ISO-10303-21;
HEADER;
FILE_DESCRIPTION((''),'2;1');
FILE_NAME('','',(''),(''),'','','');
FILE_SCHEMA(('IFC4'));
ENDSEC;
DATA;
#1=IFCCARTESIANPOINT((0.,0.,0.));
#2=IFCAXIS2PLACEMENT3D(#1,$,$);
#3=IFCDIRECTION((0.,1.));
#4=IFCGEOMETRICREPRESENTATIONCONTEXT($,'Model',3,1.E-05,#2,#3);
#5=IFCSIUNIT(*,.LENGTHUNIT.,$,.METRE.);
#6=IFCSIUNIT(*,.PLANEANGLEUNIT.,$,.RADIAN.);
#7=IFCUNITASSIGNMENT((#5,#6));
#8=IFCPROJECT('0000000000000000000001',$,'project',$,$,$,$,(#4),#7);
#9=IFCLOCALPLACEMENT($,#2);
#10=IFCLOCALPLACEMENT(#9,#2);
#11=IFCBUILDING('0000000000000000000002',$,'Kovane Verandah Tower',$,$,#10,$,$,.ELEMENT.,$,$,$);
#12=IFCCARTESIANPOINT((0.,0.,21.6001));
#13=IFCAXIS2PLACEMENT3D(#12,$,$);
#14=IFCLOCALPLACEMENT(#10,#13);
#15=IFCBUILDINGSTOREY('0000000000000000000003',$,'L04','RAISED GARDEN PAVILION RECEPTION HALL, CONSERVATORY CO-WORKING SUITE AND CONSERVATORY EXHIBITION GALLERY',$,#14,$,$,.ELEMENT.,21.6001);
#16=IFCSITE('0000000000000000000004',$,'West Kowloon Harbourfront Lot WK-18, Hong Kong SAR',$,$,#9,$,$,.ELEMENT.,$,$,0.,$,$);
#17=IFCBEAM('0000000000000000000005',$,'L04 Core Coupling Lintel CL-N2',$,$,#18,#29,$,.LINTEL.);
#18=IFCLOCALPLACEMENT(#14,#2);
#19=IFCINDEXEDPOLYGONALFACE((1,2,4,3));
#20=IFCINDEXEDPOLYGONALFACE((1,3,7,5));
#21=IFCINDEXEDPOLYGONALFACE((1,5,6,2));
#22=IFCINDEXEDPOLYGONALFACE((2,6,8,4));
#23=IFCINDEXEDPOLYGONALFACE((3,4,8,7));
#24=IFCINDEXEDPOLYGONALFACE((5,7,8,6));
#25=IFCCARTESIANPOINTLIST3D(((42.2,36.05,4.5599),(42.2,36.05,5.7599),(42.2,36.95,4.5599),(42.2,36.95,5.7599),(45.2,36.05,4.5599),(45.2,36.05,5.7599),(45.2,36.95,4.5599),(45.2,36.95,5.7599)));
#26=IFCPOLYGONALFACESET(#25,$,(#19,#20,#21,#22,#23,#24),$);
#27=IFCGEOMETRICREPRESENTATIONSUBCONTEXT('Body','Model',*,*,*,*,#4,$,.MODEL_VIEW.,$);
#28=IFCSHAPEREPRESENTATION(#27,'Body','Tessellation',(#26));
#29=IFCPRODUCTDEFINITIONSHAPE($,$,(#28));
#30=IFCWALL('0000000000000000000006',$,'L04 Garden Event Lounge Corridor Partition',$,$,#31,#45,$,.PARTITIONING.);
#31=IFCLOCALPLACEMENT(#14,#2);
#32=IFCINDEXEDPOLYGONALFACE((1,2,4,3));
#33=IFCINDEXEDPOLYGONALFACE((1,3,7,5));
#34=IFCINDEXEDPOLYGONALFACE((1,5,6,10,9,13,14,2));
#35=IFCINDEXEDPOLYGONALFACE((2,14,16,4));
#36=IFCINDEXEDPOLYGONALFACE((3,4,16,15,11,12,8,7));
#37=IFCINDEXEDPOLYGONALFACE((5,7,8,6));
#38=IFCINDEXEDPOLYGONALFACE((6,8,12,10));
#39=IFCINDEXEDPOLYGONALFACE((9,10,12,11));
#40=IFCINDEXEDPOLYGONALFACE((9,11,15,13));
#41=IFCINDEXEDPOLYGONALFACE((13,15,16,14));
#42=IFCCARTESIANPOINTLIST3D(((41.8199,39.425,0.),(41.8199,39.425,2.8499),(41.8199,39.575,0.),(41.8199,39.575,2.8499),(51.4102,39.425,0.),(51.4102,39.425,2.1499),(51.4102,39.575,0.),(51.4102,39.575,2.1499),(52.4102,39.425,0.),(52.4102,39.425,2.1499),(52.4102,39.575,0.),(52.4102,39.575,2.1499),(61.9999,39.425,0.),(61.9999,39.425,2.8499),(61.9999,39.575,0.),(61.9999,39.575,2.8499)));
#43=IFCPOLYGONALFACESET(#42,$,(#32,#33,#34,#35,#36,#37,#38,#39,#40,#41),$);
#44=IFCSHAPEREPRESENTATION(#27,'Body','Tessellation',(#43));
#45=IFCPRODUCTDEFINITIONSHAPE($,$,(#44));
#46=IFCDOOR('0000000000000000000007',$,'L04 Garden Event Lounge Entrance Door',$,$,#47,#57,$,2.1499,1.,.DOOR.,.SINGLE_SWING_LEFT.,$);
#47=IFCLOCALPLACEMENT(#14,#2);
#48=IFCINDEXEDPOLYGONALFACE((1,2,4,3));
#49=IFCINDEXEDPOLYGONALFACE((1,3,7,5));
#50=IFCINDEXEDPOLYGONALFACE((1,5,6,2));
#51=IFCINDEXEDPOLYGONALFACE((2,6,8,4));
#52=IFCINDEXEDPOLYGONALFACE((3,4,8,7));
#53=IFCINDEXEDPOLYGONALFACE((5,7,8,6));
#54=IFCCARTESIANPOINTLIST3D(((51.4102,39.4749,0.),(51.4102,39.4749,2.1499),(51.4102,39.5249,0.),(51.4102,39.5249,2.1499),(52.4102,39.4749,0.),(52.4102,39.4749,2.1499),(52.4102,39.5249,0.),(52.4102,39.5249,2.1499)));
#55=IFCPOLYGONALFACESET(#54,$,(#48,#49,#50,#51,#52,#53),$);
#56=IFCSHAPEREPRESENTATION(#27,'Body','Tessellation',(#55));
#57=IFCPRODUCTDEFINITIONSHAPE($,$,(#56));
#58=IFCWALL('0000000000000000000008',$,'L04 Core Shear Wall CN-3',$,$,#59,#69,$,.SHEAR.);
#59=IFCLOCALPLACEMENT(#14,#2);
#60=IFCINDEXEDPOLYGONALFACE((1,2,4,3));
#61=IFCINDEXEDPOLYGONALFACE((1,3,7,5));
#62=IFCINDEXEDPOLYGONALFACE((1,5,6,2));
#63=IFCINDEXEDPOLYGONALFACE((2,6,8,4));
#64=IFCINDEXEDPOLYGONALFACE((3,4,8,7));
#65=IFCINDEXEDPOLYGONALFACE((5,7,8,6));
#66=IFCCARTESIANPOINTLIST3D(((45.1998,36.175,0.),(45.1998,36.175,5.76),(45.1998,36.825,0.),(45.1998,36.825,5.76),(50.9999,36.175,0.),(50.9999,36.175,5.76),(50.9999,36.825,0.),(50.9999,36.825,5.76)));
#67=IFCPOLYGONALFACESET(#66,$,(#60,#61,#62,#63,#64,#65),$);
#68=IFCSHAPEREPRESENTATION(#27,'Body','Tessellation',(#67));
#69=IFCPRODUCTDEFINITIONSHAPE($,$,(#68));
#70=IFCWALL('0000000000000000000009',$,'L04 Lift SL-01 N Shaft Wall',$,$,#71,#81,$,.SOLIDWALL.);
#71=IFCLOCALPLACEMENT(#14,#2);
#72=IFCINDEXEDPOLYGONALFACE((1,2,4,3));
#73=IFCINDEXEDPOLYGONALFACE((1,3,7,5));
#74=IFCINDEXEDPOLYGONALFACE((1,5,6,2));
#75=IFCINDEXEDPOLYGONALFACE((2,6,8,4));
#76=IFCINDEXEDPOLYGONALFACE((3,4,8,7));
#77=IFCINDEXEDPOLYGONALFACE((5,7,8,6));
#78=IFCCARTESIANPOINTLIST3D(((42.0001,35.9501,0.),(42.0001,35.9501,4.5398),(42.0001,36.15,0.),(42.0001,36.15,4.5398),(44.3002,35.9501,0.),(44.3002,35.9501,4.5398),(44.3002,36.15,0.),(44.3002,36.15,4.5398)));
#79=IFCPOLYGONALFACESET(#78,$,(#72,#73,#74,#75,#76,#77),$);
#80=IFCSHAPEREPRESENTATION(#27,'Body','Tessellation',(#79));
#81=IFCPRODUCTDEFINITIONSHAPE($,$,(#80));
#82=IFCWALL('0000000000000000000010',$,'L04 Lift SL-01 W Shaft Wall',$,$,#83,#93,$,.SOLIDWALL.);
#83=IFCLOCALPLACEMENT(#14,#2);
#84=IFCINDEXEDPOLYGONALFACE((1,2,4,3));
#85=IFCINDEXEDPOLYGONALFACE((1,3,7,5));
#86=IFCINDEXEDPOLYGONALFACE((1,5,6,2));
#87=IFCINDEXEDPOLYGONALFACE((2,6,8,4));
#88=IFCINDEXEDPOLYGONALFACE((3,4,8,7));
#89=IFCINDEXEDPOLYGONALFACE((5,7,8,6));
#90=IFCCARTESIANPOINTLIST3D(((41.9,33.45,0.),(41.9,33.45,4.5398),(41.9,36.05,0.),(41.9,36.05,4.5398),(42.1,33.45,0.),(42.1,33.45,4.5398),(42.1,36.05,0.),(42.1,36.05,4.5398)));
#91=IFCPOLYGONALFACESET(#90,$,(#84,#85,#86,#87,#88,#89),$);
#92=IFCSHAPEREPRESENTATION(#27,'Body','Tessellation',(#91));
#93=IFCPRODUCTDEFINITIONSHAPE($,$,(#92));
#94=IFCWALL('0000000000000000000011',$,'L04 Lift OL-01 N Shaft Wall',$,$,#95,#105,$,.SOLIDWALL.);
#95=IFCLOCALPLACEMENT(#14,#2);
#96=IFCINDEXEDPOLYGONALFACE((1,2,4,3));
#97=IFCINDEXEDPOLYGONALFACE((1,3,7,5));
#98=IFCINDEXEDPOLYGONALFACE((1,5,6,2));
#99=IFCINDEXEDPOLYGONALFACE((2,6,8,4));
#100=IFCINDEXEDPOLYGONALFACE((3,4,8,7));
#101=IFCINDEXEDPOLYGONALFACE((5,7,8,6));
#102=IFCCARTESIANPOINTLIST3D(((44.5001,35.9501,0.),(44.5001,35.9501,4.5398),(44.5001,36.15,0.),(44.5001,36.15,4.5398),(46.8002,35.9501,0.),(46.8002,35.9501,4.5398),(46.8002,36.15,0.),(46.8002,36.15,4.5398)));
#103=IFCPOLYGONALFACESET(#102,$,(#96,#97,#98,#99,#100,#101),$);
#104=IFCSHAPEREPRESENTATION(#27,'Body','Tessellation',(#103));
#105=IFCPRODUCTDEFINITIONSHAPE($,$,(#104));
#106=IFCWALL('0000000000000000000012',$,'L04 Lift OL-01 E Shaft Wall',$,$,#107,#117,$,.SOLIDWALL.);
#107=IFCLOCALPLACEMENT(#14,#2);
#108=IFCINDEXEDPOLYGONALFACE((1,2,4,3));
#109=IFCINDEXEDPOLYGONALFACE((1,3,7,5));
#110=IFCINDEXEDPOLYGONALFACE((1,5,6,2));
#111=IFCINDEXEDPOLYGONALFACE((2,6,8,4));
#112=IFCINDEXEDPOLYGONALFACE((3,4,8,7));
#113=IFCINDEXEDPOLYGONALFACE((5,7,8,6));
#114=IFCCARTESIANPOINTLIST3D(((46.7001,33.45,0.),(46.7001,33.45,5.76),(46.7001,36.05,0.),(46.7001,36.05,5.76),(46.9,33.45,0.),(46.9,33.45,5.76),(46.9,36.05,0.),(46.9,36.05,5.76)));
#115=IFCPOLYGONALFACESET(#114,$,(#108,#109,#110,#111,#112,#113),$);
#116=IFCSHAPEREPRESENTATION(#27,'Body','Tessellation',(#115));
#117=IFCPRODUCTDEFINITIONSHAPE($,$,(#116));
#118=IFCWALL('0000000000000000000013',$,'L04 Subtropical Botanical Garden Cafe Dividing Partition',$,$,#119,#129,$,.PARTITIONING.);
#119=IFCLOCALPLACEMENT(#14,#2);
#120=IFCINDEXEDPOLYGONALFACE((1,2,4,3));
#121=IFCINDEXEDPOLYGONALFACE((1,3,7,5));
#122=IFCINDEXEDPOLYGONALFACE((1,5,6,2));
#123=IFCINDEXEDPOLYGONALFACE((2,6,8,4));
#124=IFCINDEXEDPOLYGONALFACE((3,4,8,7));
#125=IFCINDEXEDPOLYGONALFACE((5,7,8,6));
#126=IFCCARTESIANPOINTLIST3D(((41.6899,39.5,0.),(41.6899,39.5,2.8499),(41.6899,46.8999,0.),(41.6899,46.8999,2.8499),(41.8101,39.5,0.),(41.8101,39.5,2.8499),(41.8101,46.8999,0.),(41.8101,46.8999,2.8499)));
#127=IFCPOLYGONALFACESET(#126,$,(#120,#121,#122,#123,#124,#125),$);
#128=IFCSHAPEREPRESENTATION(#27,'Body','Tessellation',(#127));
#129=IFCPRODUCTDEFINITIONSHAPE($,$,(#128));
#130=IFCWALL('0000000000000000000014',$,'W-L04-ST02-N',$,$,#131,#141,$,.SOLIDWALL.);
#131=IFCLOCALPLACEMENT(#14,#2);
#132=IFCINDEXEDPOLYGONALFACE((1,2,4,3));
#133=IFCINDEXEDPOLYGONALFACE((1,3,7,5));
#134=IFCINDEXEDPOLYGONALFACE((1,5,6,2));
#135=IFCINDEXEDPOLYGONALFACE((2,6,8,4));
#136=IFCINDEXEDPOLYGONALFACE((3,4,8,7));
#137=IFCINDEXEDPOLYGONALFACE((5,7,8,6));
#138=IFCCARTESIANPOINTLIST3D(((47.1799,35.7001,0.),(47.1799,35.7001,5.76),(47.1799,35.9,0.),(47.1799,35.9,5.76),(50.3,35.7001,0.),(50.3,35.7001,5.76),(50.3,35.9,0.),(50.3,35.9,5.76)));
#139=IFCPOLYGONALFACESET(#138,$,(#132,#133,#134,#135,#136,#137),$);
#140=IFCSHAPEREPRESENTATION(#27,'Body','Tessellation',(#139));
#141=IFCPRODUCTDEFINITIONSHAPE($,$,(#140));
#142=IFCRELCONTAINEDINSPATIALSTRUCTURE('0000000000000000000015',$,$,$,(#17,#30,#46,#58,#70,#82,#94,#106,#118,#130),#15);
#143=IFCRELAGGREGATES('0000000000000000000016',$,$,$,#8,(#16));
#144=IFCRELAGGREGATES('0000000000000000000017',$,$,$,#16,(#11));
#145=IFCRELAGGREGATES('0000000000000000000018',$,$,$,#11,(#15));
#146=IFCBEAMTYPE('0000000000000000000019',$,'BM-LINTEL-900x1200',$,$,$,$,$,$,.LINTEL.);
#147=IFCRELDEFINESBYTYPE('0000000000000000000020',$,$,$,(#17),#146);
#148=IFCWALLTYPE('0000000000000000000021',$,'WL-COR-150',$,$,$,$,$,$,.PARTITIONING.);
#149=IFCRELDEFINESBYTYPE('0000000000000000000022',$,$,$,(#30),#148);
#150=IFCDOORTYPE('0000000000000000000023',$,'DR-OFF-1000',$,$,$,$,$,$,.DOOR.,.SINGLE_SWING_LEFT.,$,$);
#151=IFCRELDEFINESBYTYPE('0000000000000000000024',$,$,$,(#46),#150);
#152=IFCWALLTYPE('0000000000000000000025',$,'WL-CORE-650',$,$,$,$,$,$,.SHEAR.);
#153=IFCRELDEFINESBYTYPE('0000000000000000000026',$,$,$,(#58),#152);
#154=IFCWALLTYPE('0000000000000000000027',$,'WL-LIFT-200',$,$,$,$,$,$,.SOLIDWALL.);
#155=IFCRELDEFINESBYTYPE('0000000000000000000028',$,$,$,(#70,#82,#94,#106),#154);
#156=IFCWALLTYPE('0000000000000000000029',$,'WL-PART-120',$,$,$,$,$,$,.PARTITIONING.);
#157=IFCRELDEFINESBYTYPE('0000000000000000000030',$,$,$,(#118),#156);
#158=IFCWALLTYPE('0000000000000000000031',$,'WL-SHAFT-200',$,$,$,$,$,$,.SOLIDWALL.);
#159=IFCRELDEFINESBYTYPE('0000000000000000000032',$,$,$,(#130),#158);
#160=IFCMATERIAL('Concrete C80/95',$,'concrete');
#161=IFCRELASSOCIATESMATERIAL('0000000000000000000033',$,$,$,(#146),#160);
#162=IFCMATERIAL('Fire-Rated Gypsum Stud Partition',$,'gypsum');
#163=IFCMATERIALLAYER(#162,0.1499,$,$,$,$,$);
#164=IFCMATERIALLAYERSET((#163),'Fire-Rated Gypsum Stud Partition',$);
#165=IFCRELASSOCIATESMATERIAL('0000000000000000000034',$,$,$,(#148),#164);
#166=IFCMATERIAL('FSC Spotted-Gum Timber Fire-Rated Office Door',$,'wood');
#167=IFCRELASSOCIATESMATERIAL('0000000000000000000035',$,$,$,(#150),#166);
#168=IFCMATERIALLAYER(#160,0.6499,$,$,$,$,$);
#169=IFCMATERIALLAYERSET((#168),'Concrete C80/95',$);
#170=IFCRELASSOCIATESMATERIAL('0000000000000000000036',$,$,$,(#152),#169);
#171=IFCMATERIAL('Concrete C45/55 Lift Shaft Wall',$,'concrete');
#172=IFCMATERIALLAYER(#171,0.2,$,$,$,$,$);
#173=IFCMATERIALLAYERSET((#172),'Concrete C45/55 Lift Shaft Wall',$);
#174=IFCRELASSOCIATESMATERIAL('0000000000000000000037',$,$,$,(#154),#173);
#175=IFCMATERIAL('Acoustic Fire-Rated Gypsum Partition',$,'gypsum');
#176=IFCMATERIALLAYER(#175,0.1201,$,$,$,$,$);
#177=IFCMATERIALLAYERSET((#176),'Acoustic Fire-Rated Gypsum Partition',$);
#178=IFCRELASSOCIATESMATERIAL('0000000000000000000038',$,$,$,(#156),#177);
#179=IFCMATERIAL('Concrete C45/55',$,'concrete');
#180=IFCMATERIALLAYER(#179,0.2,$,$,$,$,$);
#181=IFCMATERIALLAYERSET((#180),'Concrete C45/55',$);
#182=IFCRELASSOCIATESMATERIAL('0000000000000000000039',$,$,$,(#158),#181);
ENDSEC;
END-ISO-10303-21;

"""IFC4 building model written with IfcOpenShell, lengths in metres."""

from ifc_helpers import new_model, si_unit, direction, frame, frame_2d, origin, origin_2d, place, context, subcontext, project, spatial, rectangle, extrude, material, layer, layer_set, material_profile, profile_set, type_object, element, fill, save


model = new_model("IFC4")

# Units and contexts
model_context = context("Model", 3, precision=1e-05, world=origin(), true_north=direction((0.0, 1.0)))
body_context = subcontext(model_context, "Body", "Model", "MODEL_VIEW")
ifc_project = project(units=[si_unit("LENGTHUNIT", "METRE"), si_unit("PLANEANGLEUNIT", "RADIAN")], contexts=[model_context])

# Site, building, storey
site_placement = place(None, origin())
site = spatial("IfcSite", under=ifc_project, at=site_placement, Name="West Kowloon Harbourfront Lot WK-18, Hong Kong SAR", CompositionType="ELEMENT", RefElevation=0.0)
building_placement = place(site_placement, origin())
building = spatial("IfcBuilding", under=site, at=building_placement, Name="Kovane Verandah Tower", CompositionType="ELEMENT")
storey_placement = place(building_placement, frame((0.0, 0.0, 21.6001)))
storey = spatial("IfcBuildingStorey", under=building, at=storey_placement, Name="L04", Description="RAISED GARDEN PAVILION RECEPTION HALL, CONSERVATORY CO-WORKING SUITE AND CONSERVATORY EXHIBITION GALLERY", CompositionType="ELEMENT", Elevation=21.6001)

# Beam
ifc_material_1 = material(Name="Concrete C80/95", Category="concrete")
ifc_material_profile = material_profile(ifc_material_1, rectangle(XDim=0.8999, YDim=1.2, at=origin_2d()), Name="RCB900x1200")
ifc_profile_set = profile_set([ifc_material_profile], Name="Concrete C80/95")
beam_type = type_object("IfcBeamType", Name="BM-LINTEL-900x1200", PredefinedType="LINTEL", material=ifc_profile_set)
beam_placement = place(storey_placement, frame((42.2, 36.5, 5.1599), z_axis=(1.0, 0.0, 0.0), x_axis=(0.0, 1.0, 0.0)))
element("IfcBeam", 1, at=beam_placement, inside=storey, type_object=beam_type, Name="L04 Core Coupling Lintel CL-N2", PredefinedType="LINTEL", context=body_context, shape_type="SweptSolid", body=[
    extrude(rectangle(XDim=0.8999, YDim=1.2, at=origin_2d()), origin(), (0.0, 0.0, 1.0), 3.0),
])

# Wall, opening, door
ifc_material_2 = material(Name="Fire-Rated Gypsum Stud Partition", Category="gypsum")
ifc_layer_1 = layer(ifc_material_2, 0.1499)
ifc_layer_set_1 = layer_set([ifc_layer_1], Name="Fire-Rated Gypsum Stud Partition")
wall_type_1 = type_object("IfcWallType", Name="WL-COR-150", PredefinedType="PARTITIONING", material=ifc_layer_set_1)
wall_1_placement = place(storey_placement, frame((41.8201, 39.5, 0.0), z_axis=(0.0, 0.0, 1.0), x_axis=(1.0, 0.0, 0.0)))
wall_1 = element("IfcWall", 2, at=wall_1_placement, inside=storey, type_object=wall_type_1, Name="L04 Garden Event Lounge Corridor Partition", PredefinedType="PARTITIONING", context=body_context, shape_type="SweptSolid", body=[
    extrude(rectangle(XDim=20.1799, YDim=0.1499, at=frame_2d((10.0898, 0.0))), origin(), (0.0, 0.0, 1.0), 2.8499),
])
opening_1_placement = place(wall_1_placement, frame((9.5901, 0.0, 0.0)))
opening_1 = element("IfcOpeningElement", 3, at=opening_1_placement, cuts=wall_1, PredefinedType="OPENING", context=body_context, shape_type="SweptSolid", body=[
    extrude(rectangle(XDim=1.0, YDim=2.1499, at=frame_2d((0.5, 1.075))), frame((0.0, 0.075, 0.0), z_axis=(0.0, -1.0, 0.0), x_axis=(1.0, 0.0, 0.0)), (0.0, 0.0, 1.0), 0.1499),
])
ifc_material_3 = material(Name="FSC Spotted-Gum Timber Fire-Rated Office Door", Category="wood")
door_type_1 = type_object("IfcDoorType", Name="DR-OFF-1000", OperationType="SINGLE_SWING_LEFT", PredefinedType="DOOR", material=ifc_material_3)
door_1_placement = place(opening_1_placement, origin())
door_1 = element("IfcDoor", 4, at=door_1_placement, inside=storey, type_object=door_type_1, Name="L04 Garden Event Lounge Entrance Door", OperationType="SINGLE_SWING_LEFT", OverallHeight=2.1499, OverallWidth=1.0, PredefinedType="DOOR", context=body_context, shape_type="SweptSolid", body=[
    extrude(rectangle(XDim=1.0, YDim=2.1499, at=frame_2d((0.5, 1.075))), frame((0.0, 0.0249, 0.0), z_axis=(0.0, -1.0, 0.0), x_axis=(1.0, 0.0, 0.0)), (0.0, 0.0, 1.0), 0.05),
])
fill(opening_1, door_1)
ifc_layer_2 = layer(ifc_material_1, 0.6499)
ifc_layer_set_2 = layer_set([ifc_layer_2], Name="Concrete C80/95")
wall_type_2 = type_object("IfcWallType", Name="WL-CORE-650", PredefinedType="SHEAR", material=ifc_layer_set_2)

# Walls
wall_2_placement = place(storey_placement, frame((45.2, 36.5, 0.0), z_axis=(0.0, 0.0, 1.0), x_axis=(1.0, 0.0, 0.0)))
element("IfcWall", 5, at=wall_2_placement, inside=storey, type_object=wall_type_2, Name="L04 Core Shear Wall CN-3", PredefinedType="SHEAR", context=body_context, shape_type="SweptSolid", body=[
    extrude(rectangle(XDim=5.8, YDim=0.6499, at=frame_2d((2.8999, 0.0))), origin(), (0.0, 0.0, 1.0), 5.76),
])
ifc_material_4 = material(Name="Concrete C45/55 Lift Shaft Wall", Category="concrete")
ifc_layer_3 = layer(ifc_material_4, 0.2)
ifc_layer_set_3 = layer_set([ifc_layer_3], Name="Concrete C45/55 Lift Shaft Wall")
wall_type_3 = type_object("IfcWallType", Name="WL-LIFT-200", PredefinedType="SOLIDWALL", material=ifc_layer_set_3)
wall_3_placement = place(storey_placement, frame((44.3, 36.05, 0.0), z_axis=(0.0, 0.0, 1.0), x_axis=(-1.0, 0.0, 0.0)))
element("IfcWall", 6, at=wall_3_placement, inside=storey, type_object=wall_type_3, Name="L04 Lift SL-01 N Shaft Wall", PredefinedType="SOLIDWALL", context=body_context, shape_type="SweptSolid", body=[
    extrude(rectangle(XDim=2.3, YDim=0.2, at=frame_2d((1.1499, 0.0))), origin(), (0.0, 0.0, 1.0), 4.5398),
])
wall_4_placement = place(storey_placement, frame((42.0, 36.05, 0.0), z_axis=(0.0, 0.0, 1.0), x_axis=(0.0, -1.0, 0.0)))
element("IfcWall", 7, at=wall_4_placement, inside=storey, type_object=wall_type_3, Name="L04 Lift SL-01 W Shaft Wall", PredefinedType="SOLIDWALL", context=body_context, shape_type="SweptSolid", body=[
    extrude(rectangle(XDim=2.6001, YDim=0.2, at=frame_2d((1.3, 0.0))), origin(), (0.0, 0.0, 1.0), 4.5398),
])

# Walls
wall_5_placement = place(storey_placement, frame((46.8, 36.05, 0.0), z_axis=(0.0, 0.0, 1.0), x_axis=(-1.0, 0.0, 0.0)))
element("IfcWall", 8, at=wall_5_placement, inside=storey, type_object=wall_type_3, Name="L04 Lift OL-01 N Shaft Wall", PredefinedType="SOLIDWALL", context=body_context, shape_type="SweptSolid", body=[
    extrude(rectangle(XDim=2.3, YDim=0.2, at=frame_2d((1.1499, 0.0))), origin(), (0.0, 0.0, 1.0), 4.5398),
])
wall_6_placement = place(storey_placement, frame((46.8, 33.45, 0.0), z_axis=(0.0, 0.0, 1.0), x_axis=(0.0, 1.0, 0.0)))
element("IfcWall", 9, at=wall_6_placement, inside=storey, type_object=wall_type_3, Name="L04 Lift OL-01 E Shaft Wall", PredefinedType="SOLIDWALL", context=body_context, shape_type="SweptSolid", body=[
    extrude(rectangle(XDim=2.6001, YDim=0.2, at=frame_2d((1.3, 0.0))), origin(), (0.0, 0.0, 1.0), 5.76),
])
ifc_material_5 = material(Name="Acoustic Fire-Rated Gypsum Partition", Category="gypsum")
ifc_layer_4 = layer(ifc_material_5, 0.1201)
ifc_layer_set_4 = layer_set([ifc_layer_4], Name="Acoustic Fire-Rated Gypsum Partition")
wall_type_4 = type_object("IfcWallType", Name="WL-PART-120", PredefinedType="PARTITIONING", material=ifc_layer_set_4)
wall_7_placement = place(storey_placement, frame((41.75, 39.5, 0.0), z_axis=(0.0, 0.0, 1.0), x_axis=(0.0, 1.0, 0.0)))
element("IfcWall", 10, at=wall_7_placement, inside=storey, type_object=wall_type_4, Name="L04 Subtropical Botanical Garden Cafe Dividing Partition", PredefinedType="PARTITIONING", context=body_context, shape_type="SweptSolid", body=[
    extrude(rectangle(XDim=7.3999, YDim=0.1201, at=frame_2d((3.7, 0.0))), origin(), (0.0, 0.0, 1.0), 2.8499),
])
ifc_material_6 = material(Name="Concrete C45/55", Category="concrete")
ifc_layer_5 = layer(ifc_material_6, 0.2)
ifc_layer_set_5 = layer_set([ifc_layer_5], Name="Concrete C45/55")
wall_type_5 = type_object("IfcWallType", Name="WL-SHAFT-200", PredefinedType="SOLIDWALL", material=ifc_layer_set_5)
wall_8_placement = place(storey_placement, frame((47.1799, 35.8, 0.0), z_axis=(0.0, 0.0, 1.0), x_axis=(1.0, 0.0, 0.0)))
element("IfcWall", 11, at=wall_8_placement, inside=storey, type_object=wall_type_5, Name="W-L04-ST02-N", PredefinedType="SOLIDWALL", context=body_context, shape_type="SweptSolid", body=[
    extrude(rectangle(XDim=3.1201, YDim=0.2, at=frame_2d((1.5601, 0.0))), origin(), (0.0, 0.0, 1.0), 5.76),
])

save(model, "model.ifc")
